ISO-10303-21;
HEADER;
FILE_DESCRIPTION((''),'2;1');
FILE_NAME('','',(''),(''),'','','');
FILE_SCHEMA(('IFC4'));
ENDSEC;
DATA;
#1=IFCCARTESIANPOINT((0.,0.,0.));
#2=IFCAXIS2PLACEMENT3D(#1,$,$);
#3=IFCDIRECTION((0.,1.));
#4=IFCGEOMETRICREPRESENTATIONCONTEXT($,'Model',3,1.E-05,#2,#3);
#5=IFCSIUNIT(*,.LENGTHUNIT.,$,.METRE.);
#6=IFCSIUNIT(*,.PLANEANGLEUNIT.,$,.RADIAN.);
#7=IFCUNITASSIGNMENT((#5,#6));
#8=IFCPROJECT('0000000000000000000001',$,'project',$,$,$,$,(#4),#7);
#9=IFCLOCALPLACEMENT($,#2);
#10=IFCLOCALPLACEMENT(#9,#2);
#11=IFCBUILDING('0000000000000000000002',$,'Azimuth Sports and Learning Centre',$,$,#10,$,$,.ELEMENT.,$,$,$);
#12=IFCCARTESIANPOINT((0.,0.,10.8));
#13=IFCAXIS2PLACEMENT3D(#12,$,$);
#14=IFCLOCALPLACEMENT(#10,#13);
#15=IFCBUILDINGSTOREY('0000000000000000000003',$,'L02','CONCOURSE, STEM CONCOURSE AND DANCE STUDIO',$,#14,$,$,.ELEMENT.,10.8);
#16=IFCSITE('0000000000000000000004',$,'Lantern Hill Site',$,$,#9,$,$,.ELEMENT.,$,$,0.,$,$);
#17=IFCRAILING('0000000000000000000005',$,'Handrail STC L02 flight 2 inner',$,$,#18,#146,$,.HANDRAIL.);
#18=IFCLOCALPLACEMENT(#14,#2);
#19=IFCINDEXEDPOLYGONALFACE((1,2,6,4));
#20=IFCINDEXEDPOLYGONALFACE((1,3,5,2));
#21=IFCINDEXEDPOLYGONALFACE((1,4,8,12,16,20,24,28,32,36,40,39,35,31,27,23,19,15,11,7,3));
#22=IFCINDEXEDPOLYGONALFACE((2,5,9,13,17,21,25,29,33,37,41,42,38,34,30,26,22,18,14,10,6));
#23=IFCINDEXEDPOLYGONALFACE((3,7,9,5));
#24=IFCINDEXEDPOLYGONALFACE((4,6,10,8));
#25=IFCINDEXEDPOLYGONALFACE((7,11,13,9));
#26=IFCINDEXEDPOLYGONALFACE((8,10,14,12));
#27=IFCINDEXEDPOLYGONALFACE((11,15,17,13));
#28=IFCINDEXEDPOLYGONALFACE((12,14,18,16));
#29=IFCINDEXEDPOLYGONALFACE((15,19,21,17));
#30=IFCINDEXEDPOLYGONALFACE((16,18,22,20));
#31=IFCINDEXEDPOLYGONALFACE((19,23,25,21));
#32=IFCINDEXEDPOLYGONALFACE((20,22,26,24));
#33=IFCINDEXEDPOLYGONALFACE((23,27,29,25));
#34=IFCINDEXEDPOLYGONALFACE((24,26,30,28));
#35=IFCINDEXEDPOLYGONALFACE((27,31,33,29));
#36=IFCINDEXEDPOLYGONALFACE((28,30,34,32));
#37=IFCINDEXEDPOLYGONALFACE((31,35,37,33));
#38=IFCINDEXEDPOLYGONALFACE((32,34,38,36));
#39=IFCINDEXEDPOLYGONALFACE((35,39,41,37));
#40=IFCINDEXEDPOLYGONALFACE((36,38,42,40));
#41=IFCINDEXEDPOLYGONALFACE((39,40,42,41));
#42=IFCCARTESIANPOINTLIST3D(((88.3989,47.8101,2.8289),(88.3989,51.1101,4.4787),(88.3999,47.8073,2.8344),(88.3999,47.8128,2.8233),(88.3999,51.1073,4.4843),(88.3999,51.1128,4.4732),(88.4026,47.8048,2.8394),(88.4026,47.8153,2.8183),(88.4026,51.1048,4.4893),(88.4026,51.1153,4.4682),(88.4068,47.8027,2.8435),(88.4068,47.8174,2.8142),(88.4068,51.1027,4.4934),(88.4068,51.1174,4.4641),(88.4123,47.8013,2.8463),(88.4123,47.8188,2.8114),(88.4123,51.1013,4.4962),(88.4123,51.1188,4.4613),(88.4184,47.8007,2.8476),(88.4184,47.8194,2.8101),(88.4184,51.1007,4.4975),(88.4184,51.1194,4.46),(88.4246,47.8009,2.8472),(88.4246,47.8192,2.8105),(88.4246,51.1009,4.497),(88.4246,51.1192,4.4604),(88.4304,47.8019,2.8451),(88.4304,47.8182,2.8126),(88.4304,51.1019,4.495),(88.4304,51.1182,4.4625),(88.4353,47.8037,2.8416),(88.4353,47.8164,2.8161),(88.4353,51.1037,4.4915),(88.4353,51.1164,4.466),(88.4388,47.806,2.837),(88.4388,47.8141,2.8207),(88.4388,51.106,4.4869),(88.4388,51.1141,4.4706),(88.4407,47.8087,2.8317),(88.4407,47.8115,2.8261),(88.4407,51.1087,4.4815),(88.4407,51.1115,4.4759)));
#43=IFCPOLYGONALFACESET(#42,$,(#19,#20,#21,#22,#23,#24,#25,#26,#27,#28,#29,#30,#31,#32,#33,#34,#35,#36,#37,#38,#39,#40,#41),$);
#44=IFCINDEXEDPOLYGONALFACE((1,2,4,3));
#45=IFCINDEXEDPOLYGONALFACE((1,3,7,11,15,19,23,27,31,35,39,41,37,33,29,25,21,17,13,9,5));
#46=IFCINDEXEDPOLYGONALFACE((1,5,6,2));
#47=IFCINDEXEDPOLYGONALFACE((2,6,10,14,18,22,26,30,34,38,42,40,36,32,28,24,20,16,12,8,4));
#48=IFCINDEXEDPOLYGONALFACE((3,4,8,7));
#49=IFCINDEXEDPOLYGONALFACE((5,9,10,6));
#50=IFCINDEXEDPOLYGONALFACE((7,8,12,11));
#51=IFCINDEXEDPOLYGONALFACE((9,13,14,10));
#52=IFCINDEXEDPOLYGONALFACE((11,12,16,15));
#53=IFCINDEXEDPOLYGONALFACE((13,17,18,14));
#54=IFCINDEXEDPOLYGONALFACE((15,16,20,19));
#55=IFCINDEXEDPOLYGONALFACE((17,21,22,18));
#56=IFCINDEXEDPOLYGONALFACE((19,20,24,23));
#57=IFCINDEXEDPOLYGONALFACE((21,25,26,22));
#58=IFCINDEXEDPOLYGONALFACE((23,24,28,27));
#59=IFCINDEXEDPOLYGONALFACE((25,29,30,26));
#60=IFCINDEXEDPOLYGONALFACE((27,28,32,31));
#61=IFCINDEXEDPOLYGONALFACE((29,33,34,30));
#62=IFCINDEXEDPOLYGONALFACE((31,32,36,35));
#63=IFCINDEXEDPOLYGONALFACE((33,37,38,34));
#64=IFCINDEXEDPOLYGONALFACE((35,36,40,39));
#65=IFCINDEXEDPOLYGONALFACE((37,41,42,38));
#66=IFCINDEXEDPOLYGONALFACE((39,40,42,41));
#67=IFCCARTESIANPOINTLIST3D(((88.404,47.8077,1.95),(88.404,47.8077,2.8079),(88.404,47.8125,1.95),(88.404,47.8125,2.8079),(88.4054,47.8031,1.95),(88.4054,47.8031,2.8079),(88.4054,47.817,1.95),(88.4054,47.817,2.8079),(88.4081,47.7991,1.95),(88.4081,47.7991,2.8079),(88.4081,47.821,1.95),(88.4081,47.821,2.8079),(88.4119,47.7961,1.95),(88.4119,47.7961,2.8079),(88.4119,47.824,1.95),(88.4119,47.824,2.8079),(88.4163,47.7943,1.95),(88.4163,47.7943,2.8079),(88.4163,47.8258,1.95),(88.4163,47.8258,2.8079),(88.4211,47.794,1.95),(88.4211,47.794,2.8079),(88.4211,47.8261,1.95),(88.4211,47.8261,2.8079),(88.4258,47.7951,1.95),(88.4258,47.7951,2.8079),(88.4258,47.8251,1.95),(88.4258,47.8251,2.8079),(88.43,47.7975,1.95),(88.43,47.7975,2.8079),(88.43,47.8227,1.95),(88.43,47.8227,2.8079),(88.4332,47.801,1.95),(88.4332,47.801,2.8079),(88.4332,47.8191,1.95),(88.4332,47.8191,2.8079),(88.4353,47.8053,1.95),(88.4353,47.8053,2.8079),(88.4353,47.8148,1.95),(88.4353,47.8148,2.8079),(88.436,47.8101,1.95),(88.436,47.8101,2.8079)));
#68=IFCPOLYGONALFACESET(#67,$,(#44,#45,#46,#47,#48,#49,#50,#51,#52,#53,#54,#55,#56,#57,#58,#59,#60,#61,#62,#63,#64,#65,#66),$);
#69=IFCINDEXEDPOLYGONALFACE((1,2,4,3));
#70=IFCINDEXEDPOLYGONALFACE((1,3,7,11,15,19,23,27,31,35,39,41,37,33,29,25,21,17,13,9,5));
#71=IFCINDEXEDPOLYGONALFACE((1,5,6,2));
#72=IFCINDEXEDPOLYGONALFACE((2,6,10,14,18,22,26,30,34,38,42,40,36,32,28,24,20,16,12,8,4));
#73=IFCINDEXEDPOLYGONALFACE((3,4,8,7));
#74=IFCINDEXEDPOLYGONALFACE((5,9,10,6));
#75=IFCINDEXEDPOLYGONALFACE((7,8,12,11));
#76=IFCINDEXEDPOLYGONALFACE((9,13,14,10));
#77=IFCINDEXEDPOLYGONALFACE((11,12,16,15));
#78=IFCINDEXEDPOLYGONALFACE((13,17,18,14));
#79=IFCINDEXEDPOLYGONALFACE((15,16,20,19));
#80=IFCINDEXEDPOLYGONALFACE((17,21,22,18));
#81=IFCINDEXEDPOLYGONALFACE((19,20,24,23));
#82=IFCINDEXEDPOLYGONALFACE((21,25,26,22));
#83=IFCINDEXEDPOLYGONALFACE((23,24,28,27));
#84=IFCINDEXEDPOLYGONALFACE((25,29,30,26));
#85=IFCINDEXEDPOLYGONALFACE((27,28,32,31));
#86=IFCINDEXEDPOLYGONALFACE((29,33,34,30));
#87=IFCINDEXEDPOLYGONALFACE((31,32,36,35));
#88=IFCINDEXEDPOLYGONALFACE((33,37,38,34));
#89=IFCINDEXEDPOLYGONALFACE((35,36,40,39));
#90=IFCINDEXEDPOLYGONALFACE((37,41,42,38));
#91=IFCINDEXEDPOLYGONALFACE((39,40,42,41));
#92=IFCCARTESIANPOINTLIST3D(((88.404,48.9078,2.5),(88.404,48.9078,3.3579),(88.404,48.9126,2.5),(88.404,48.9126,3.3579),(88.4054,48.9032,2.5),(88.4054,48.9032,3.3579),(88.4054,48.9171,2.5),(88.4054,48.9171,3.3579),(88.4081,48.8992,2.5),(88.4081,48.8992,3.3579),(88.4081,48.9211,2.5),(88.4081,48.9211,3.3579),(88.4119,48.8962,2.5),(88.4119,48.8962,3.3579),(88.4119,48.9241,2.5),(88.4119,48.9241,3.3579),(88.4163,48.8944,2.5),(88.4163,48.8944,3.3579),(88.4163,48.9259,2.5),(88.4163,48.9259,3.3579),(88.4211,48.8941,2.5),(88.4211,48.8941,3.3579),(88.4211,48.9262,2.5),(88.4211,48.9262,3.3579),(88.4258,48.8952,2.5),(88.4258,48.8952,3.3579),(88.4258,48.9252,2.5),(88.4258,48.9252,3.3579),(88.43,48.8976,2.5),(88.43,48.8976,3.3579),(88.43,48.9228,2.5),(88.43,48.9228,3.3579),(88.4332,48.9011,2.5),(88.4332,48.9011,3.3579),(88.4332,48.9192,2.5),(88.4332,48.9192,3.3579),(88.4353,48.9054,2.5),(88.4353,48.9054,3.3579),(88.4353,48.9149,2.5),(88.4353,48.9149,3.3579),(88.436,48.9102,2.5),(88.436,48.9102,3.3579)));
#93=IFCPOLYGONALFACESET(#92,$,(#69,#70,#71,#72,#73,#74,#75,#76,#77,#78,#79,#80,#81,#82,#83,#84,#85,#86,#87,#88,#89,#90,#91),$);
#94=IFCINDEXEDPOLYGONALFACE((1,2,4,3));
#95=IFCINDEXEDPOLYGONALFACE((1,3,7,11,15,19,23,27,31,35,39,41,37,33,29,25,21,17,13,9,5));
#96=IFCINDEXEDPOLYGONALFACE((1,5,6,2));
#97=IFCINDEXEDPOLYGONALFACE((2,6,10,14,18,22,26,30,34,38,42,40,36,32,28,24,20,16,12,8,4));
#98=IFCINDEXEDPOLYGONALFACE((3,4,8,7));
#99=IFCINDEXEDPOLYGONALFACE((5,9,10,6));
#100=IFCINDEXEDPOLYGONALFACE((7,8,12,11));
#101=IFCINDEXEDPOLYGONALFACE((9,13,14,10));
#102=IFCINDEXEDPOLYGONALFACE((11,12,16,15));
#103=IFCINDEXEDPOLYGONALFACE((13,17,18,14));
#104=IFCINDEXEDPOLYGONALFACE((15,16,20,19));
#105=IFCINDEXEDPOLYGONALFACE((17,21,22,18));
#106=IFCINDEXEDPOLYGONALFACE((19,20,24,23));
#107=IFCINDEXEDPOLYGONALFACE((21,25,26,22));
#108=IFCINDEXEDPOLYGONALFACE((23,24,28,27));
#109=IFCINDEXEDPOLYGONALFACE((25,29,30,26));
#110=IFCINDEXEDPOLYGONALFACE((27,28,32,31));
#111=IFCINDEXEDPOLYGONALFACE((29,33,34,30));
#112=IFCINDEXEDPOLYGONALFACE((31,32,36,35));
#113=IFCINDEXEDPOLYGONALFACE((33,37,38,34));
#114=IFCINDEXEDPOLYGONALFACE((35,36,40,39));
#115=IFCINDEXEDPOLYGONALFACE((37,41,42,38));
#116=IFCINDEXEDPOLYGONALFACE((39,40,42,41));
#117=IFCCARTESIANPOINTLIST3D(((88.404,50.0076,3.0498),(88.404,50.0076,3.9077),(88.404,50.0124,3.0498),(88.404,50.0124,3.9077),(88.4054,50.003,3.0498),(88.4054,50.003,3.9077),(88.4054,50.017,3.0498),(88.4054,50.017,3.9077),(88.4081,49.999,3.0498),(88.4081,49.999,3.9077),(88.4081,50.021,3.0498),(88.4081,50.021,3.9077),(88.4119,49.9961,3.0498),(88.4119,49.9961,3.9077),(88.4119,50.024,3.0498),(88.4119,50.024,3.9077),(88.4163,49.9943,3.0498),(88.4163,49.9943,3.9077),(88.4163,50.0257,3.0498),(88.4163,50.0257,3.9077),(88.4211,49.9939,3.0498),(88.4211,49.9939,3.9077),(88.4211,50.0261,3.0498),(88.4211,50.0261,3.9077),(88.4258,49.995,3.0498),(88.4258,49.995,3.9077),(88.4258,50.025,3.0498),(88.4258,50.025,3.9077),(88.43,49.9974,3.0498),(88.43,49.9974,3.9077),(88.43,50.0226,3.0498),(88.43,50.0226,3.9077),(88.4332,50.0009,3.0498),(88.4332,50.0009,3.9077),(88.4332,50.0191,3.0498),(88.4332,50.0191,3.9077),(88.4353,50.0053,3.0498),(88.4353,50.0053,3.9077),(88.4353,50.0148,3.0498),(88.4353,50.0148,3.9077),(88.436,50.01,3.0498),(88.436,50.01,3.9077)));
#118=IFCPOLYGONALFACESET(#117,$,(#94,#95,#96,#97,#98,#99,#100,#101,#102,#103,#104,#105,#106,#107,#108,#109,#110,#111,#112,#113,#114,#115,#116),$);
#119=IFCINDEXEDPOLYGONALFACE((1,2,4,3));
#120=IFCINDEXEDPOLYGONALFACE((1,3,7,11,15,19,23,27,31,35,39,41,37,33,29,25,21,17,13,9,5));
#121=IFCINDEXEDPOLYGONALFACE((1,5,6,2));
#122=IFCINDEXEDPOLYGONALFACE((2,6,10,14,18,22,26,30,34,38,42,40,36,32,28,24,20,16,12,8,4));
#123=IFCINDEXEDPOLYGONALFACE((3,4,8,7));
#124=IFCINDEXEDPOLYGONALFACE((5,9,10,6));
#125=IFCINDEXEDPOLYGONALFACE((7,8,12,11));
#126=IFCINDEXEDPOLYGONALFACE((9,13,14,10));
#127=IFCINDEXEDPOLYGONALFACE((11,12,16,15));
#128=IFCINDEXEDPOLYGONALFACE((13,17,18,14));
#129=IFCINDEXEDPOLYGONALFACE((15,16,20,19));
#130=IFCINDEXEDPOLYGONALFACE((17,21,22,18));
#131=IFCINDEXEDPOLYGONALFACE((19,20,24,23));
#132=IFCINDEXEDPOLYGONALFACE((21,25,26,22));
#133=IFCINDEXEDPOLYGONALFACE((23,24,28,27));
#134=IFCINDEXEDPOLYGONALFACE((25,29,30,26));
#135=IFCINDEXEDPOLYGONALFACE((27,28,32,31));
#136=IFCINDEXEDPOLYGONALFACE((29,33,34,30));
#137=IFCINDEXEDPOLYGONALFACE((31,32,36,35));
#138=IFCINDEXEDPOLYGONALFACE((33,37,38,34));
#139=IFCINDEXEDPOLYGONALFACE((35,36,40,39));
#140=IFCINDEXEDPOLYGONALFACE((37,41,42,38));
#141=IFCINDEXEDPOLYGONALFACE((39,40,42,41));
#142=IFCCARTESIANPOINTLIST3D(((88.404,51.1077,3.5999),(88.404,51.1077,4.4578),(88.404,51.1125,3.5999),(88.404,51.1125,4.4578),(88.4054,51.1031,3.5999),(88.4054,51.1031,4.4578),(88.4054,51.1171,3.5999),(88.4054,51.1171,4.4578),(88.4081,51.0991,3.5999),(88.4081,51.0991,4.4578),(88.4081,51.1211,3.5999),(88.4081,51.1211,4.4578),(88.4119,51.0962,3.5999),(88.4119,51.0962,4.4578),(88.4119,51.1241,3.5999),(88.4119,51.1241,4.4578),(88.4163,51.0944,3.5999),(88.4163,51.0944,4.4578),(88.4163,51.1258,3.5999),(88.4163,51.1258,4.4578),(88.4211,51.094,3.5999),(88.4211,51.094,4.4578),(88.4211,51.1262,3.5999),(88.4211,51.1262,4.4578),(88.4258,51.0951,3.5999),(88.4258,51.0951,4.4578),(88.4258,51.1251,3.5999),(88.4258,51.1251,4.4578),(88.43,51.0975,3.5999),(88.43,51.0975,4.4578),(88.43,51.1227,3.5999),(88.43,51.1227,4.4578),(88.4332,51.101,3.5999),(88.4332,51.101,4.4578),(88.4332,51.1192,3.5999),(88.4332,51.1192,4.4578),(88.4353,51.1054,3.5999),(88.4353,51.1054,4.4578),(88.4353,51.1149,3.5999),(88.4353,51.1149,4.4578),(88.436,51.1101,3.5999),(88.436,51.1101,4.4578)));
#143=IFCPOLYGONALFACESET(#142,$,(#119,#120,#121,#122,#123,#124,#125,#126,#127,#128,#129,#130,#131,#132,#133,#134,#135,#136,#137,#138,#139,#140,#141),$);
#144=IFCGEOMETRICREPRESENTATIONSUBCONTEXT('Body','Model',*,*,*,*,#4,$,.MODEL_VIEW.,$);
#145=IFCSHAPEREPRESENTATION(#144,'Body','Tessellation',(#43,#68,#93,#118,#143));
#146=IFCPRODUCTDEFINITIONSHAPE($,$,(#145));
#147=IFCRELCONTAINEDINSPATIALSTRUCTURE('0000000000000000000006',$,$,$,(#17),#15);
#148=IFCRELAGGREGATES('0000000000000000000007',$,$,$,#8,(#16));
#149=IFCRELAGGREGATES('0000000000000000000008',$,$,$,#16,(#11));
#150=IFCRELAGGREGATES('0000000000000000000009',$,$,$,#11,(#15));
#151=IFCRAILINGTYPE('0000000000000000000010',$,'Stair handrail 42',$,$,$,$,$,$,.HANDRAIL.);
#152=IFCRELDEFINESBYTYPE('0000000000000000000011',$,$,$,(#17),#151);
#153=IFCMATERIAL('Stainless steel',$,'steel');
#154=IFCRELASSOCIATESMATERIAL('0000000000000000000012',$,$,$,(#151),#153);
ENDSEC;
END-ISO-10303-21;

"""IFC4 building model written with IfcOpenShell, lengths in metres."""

from ifc_helpers import new_model, si_unit, direction, frame, origin, origin_2d, place, context, subcontext, project, spatial, circle, extrude, material, type_object, element, save


model = new_model("IFC4")

# Units and contexts
model_context = context("Model", 3, precision=1e-05, world=origin(), true_north=direction((0.0, 1.0)))
body_context = subcontext(model_context, "Body", "Model", "MODEL_VIEW")
ifc_project = project(units=[si_unit("LENGTHUNIT", "METRE"), si_unit("PLANEANGLEUNIT", "RADIAN")], contexts=[model_context])

# Site, building, storey
site_placement = place(None, origin())
site = spatial("IfcSite", under=ifc_project, at=site_placement, Name="Lantern Hill Site", CompositionType="ELEMENT", RefElevation=0.0)
building_placement = place(site_placement, origin())
building = spatial("IfcBuilding", under=site, at=building_placement, Name="Azimuth Sports and Learning Centre", CompositionType="ELEMENT")
storey_placement = place(building_placement, frame((0.0, 0.0, 10.8)))
storey = spatial("IfcBuildingStorey", under=building, at=storey_placement, Name="L02", Description="CONCOURSE, STEM CONCOURSE AND DANCE STUDIO", CompositionType="ELEMENT", Elevation=10.8)

# Railing
ifc_material_1 = material(Name="Stainless steel", Category="steel")
railing_type = type_object("IfcRailingType", Name="Stair handrail 42", PredefinedType="HANDRAIL", material=ifc_material_1)
for number, where, name in (
    (1, (88.4199, 47.8101, 1.95), "Handrail STC L02 flight 2 inner"),
):
    element("IfcRailing", number, at=place(storey_placement, frame(where)), inside=storey, type_object=railing_type, Name=name, PredefinedType="HANDRAIL", context=body_context, shape_type="SweptSolid", body=[
        extrude(circle(Radius=0.021, at=origin_2d()), frame((0.0, 0.0, 0.8789), z_axis=(0.0, 0.89444, 0.447187), x_axis=(-1.0, 0.0, 0.0)), (0.0, 0.0, 1.0), 3.6895),
        extrude(circle(Radius=0.0161, at=origin_2d()), origin(), (0.0, 0.0, 1.0), 0.8579),
        extrude(circle(Radius=0.0161, at=origin_2d()), frame((0.0, 1.1001, 0.55)), (0.0, 0.0, 1.0), 0.8579),
        extrude(circle(Radius=0.0161, at=origin_2d()), frame((0.0, 2.2, 1.0999)), (0.0, 0.0, 1.0), 0.8579),
        extrude(circle(Radius=0.0161, at=origin_2d()), frame((0.0, 3.3, 1.6499)), (0.0, 0.0, 1.0), 0.8579),
    ])

save(model, "model.ifc")
